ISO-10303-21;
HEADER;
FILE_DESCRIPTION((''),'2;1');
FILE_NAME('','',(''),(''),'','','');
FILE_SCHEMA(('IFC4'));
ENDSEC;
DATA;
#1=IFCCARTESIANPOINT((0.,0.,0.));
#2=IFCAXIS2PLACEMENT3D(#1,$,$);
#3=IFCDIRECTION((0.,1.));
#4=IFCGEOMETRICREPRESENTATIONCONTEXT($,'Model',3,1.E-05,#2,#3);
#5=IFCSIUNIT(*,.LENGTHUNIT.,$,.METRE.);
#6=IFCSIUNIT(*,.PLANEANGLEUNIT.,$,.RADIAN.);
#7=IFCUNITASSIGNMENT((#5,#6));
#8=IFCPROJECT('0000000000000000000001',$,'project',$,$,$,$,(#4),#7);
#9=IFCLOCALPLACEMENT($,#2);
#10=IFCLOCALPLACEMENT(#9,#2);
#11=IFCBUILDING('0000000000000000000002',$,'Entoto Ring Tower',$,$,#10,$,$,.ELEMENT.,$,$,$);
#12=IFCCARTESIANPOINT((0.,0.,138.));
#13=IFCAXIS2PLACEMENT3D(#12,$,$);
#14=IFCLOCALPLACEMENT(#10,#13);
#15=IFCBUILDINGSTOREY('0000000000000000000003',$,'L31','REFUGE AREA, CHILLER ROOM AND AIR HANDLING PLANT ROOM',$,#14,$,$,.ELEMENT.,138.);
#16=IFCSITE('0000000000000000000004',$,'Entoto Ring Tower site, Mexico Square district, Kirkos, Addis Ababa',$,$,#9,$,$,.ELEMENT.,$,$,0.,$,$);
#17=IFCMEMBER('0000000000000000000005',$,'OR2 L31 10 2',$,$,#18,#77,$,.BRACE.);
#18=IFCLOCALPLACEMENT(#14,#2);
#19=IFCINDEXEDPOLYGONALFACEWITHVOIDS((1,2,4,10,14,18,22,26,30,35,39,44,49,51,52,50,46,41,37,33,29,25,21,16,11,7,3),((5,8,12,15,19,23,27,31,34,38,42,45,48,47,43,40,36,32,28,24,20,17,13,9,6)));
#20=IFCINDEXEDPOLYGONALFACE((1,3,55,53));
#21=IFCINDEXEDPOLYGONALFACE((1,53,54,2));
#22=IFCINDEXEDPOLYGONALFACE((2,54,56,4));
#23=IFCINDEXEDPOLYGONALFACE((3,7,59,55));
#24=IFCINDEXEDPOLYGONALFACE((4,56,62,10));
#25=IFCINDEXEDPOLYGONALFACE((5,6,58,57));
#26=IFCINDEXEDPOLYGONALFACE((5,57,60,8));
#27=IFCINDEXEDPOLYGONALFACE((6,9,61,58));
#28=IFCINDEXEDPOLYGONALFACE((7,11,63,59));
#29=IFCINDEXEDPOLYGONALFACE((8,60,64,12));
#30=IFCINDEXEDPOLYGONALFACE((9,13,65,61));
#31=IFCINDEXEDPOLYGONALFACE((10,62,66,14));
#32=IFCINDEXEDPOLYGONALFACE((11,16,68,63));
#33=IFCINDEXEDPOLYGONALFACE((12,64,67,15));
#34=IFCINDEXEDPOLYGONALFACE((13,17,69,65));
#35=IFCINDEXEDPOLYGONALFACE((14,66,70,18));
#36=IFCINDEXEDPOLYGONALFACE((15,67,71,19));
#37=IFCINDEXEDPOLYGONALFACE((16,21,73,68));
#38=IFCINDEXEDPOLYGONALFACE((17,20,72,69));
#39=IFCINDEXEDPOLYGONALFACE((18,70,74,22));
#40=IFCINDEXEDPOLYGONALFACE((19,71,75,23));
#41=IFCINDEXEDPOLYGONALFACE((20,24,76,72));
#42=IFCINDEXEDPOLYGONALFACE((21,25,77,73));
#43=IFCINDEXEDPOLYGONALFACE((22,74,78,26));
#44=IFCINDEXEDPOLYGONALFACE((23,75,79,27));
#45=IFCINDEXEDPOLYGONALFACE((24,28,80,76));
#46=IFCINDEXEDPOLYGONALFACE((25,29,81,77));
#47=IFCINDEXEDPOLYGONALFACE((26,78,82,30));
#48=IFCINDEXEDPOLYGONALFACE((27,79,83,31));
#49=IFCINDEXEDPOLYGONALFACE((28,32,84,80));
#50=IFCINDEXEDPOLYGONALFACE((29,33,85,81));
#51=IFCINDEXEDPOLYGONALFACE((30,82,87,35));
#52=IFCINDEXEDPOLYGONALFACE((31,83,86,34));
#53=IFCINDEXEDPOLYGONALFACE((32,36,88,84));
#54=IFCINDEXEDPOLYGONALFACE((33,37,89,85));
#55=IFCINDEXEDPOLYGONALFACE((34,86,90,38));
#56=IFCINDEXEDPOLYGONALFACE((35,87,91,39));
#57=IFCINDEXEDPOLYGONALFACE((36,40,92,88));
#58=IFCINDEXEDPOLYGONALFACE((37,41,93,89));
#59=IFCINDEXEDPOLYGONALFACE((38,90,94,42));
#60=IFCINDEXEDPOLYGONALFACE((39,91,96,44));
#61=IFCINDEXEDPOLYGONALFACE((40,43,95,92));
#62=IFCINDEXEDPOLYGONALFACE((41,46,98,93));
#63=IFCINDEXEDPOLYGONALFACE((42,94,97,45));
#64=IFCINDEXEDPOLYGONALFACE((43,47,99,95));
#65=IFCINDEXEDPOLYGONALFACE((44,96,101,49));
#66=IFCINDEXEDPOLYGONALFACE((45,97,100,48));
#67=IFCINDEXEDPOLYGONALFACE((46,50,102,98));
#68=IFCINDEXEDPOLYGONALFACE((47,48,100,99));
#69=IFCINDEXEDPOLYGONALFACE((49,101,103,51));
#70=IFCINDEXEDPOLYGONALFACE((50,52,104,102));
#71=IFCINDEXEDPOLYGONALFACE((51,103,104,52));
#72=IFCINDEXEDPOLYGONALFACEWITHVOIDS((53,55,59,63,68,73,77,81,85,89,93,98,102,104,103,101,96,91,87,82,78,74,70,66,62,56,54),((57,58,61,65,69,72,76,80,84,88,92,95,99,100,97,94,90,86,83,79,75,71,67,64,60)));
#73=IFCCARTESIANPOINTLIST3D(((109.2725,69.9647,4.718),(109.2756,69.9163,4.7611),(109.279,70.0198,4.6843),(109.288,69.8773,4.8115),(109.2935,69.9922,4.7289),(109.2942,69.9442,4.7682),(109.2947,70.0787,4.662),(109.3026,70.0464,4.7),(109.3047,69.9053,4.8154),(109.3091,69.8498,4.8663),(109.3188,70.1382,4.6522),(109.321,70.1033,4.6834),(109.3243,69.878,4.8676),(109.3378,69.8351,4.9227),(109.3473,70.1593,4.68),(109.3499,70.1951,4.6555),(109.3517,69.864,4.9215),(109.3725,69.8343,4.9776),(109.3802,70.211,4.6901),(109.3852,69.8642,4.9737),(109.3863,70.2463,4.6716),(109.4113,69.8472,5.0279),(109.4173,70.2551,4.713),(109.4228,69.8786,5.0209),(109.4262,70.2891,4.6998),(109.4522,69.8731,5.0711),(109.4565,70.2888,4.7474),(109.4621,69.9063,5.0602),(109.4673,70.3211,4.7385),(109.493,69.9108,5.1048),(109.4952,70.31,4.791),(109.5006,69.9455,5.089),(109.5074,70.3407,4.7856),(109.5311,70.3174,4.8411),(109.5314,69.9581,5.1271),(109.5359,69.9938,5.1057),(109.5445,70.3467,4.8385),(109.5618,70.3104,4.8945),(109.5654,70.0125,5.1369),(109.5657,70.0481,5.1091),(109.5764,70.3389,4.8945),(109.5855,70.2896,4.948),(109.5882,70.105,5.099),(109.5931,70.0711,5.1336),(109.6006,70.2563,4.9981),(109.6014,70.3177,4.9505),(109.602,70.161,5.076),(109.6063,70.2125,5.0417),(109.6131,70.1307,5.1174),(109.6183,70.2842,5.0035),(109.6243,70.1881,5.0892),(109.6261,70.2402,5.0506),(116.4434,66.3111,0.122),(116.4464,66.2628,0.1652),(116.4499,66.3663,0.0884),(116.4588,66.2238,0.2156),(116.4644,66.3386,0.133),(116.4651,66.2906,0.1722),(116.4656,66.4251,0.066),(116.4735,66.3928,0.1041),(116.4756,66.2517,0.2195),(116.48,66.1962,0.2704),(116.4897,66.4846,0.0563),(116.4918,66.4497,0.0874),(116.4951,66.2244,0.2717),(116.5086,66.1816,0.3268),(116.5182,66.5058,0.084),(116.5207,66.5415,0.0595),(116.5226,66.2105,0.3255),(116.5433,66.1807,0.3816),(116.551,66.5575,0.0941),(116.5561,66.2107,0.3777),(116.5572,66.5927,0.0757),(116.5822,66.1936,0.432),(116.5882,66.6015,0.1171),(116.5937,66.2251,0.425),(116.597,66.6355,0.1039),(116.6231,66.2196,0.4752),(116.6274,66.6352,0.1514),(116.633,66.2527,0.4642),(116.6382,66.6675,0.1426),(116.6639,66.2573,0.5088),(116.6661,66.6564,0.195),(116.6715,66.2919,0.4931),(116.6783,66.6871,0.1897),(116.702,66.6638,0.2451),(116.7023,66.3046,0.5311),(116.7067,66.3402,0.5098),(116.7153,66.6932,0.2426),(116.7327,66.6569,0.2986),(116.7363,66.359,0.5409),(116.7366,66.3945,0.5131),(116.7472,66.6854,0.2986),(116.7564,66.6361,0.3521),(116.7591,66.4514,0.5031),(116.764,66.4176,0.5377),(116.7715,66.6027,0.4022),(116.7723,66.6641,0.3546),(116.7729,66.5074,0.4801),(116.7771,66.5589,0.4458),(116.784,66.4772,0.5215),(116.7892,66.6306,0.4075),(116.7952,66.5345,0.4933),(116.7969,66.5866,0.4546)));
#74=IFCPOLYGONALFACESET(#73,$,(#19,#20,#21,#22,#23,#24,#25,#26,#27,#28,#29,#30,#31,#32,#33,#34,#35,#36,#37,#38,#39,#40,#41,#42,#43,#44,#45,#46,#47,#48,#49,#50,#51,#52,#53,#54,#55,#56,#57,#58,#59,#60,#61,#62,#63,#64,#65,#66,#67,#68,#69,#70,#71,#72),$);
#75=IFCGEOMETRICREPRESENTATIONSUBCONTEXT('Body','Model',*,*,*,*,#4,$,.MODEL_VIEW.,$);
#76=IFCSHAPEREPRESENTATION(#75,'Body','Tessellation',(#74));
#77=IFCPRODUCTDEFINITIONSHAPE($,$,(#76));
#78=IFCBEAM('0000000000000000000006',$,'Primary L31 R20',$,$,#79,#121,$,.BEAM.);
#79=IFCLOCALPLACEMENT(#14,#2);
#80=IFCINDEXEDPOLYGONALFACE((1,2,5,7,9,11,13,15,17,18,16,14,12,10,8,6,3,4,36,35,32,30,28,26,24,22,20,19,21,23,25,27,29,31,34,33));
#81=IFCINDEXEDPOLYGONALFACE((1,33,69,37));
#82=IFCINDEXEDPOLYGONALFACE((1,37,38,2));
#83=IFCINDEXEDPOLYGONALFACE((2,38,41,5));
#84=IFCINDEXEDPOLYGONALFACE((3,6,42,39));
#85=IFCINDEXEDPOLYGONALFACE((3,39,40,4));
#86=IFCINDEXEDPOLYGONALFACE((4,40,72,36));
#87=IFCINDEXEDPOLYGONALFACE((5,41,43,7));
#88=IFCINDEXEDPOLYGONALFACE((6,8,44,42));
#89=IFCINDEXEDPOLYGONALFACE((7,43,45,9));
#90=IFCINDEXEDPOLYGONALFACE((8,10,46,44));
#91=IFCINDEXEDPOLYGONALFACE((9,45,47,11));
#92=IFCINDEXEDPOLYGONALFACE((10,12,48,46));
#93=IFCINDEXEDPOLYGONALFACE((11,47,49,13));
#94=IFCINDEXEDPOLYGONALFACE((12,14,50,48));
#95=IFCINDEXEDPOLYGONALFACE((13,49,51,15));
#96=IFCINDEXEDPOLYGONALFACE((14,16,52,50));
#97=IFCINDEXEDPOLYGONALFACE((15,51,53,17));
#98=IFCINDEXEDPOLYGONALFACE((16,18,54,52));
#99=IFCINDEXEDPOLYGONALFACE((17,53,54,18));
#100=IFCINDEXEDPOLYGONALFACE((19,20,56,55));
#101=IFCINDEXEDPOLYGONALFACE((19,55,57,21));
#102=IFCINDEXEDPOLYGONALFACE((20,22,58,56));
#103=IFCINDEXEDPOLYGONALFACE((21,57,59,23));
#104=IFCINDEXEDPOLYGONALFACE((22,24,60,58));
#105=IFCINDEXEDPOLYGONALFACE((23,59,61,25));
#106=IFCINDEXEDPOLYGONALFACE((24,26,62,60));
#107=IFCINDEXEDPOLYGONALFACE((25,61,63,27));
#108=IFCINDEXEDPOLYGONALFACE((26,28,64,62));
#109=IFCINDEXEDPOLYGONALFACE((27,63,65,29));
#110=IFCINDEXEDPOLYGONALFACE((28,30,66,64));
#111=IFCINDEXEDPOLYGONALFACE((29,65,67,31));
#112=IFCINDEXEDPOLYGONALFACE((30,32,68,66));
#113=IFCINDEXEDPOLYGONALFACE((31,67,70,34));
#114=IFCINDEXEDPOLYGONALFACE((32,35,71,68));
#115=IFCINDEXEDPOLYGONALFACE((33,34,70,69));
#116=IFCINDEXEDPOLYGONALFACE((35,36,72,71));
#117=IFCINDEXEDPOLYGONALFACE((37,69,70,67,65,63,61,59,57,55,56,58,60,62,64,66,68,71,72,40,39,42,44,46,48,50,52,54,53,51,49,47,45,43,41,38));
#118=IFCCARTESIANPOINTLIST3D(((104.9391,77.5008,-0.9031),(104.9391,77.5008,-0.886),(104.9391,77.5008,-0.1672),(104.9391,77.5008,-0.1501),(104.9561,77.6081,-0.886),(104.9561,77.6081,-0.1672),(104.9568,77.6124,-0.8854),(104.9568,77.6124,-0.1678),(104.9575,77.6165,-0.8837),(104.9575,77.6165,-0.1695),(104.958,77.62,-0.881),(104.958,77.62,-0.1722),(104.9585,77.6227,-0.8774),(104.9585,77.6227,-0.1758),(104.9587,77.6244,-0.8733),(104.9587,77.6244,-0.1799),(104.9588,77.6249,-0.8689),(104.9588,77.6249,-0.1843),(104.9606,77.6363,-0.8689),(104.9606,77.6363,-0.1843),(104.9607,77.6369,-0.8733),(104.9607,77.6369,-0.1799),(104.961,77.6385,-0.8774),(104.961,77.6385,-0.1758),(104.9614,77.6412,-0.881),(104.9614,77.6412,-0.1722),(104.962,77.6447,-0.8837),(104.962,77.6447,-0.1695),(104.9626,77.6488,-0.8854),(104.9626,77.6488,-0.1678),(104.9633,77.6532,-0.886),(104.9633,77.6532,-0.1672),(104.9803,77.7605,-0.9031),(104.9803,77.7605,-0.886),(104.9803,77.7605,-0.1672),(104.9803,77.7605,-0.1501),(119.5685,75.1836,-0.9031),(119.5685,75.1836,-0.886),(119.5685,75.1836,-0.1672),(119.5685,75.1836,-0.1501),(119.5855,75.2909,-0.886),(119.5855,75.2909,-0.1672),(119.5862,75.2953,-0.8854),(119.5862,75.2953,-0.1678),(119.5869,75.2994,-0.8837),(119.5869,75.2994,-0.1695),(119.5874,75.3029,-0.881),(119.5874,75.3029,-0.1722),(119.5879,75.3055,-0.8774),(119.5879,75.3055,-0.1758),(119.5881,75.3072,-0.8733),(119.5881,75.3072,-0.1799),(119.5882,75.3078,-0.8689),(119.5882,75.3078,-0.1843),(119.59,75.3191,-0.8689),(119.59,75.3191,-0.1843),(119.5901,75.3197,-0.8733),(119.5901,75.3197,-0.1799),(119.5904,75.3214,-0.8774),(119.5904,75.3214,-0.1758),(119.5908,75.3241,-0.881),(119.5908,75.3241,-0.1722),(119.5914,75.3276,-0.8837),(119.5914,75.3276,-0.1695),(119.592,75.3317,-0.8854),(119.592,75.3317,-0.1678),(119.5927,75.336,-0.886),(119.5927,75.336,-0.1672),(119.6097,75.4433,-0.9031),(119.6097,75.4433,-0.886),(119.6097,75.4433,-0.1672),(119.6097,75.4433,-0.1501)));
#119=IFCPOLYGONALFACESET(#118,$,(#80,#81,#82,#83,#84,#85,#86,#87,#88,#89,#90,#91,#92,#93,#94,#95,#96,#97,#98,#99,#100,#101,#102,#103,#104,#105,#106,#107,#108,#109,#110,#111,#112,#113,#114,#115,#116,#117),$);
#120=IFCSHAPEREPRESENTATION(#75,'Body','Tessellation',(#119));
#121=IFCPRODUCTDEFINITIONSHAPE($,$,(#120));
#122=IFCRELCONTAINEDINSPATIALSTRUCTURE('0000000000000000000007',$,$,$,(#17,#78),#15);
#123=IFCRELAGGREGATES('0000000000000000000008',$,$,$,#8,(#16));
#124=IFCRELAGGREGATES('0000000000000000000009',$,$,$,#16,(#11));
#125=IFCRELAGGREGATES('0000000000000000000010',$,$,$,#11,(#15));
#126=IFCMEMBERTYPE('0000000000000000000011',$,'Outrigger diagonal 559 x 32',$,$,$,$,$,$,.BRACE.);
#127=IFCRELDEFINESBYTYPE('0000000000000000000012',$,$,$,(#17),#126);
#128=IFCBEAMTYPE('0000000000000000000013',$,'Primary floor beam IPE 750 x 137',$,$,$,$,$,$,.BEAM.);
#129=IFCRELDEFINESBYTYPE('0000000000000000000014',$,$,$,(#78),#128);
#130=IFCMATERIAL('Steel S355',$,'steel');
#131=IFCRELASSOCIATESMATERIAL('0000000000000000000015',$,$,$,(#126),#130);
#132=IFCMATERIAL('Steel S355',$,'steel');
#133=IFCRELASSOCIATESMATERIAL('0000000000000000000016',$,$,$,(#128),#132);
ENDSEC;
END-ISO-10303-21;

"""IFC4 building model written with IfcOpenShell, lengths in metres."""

from ifc_helpers import new_model, si_unit, direction, frame, origin, origin_2d, place, context, subcontext, project, spatial, circle, hollow_circle, i_section, extrude, material, material_profile, profile_set, type_object, element, save


model = new_model("IFC4")

# Units and contexts
model_context = context("Model", 3, precision=1e-05, world=origin(), true_north=direction((0.0, 1.0)))
body_context = subcontext(model_context, "Body", "Model", "MODEL_VIEW")
ifc_project = project(units=[si_unit("LENGTHUNIT", "METRE"), si_unit("PLANEANGLEUNIT", "RADIAN")], contexts=[model_context])

# Site, building, storey
site_placement = place(None, origin())
site = spatial("IfcSite", under=ifc_project, at=site_placement, Name="Entoto Ring Tower site, Mexico Square district, Kirkos, Addis Ababa", CompositionType="ELEMENT", RefElevation=0.0)
building_placement = place(site_placement, origin())
building = spatial("IfcBuilding", under=site, at=building_placement, Name="Entoto Ring Tower", CompositionType="ELEMENT")
storey_placement = place(building_placement, frame((0.0, 0.0, 138.0)))
storey = spatial("IfcBuildingStorey", under=building, at=storey_placement, Name="L31", Description="REFUGE AREA, CHILLER ROOM AND AIR HANDLING PLANT ROOM", CompositionType="ELEMENT", Elevation=138.0)

# Member
ifc_material_1 = material(Name="Steel S355", Category="steel")
ifc_material_profile_1 = material_profile(ifc_material_1, hollow_circle(Radius=0.2795, WallThickness=0.032, at=origin_2d()), Name="CHS 559 x 32")
ifc_material_2 = material(Name="Concrete C60/75", Category="concrete")
ifc_material_profile_2 = material_profile(ifc_material_2, circle(Radius=0.2476, at=origin_2d()), Name="Concrete C60/75 infill")
ifc_profile_set_1 = profile_set([ifc_material_profile_1, ifc_material_profile_2], Name="Steel S355")
member_type_1 = type_object("IfcMemberType", Name="Outrigger diagonal 559 x 32", PredefinedType="BRACE", material=ifc_profile_set_1)
member_1_placement = place(storey_placement, frame((109.4495, 70.0898, 4.8945), z_axis=(0.773739, -0.394219, -0.495902), x_axis=(0.453972, 0.891016, 0.0)))
element("IfcMember", 1, at=member_1_placement, inside=storey, type_object=member_type_1, Name="OR2 L31 10 2", PredefinedType="BRACE", context=body_context, shape_type="SweptSolid", body=[
    extrude(hollow_circle(Radius=0.2795, WallThickness=0.032, at=origin_2d()), origin(), (0.0, 0.0, 1.0), 9.2678),
])

# Beam
ifc_material_3 = material(Name="Steel S355", Category="steel")
ifc_material_profile_3 = material_profile(ifc_material_3, i_section(OverallWidth=0.2629, OverallDepth=0.7529, WebThickness=0.0115, FlangeThickness=0.0171, FilletRadius=0.0171, at=origin_2d()), Name="IPE 750 x 137")
ifc_profile_set_2 = profile_set([ifc_material_profile_3], Name="Steel S355")
beam_type_1 = type_object("IfcBeamType", Name="Primary floor beam IPE 750 x 137", PredefinedType="BEAM", material=ifc_profile_set_2)
beam_1_placement = place(storey_placement, frame((104.9597, 77.6306, -0.5266), z_axis=(0.987688, -0.156439, 0.0), x_axis=(0.156439, 0.987688, 0.0)))
element("IfcBeam", 2, at=beam_1_placement, inside=storey, type_object=beam_type_1, Name="Primary L31 R20", PredefinedType="BEAM", context=body_context, shape_type="SweptSolid", body=[
    extrude(i_section(OverallWidth=0.2629, OverallDepth=0.7529, WebThickness=0.0115, FlangeThickness=0.0171, FilletRadius=0.0171, at=origin_2d()), origin(), (0.0, 0.0, 1.0), 14.8118),
])

save(model, "model.ifc")
